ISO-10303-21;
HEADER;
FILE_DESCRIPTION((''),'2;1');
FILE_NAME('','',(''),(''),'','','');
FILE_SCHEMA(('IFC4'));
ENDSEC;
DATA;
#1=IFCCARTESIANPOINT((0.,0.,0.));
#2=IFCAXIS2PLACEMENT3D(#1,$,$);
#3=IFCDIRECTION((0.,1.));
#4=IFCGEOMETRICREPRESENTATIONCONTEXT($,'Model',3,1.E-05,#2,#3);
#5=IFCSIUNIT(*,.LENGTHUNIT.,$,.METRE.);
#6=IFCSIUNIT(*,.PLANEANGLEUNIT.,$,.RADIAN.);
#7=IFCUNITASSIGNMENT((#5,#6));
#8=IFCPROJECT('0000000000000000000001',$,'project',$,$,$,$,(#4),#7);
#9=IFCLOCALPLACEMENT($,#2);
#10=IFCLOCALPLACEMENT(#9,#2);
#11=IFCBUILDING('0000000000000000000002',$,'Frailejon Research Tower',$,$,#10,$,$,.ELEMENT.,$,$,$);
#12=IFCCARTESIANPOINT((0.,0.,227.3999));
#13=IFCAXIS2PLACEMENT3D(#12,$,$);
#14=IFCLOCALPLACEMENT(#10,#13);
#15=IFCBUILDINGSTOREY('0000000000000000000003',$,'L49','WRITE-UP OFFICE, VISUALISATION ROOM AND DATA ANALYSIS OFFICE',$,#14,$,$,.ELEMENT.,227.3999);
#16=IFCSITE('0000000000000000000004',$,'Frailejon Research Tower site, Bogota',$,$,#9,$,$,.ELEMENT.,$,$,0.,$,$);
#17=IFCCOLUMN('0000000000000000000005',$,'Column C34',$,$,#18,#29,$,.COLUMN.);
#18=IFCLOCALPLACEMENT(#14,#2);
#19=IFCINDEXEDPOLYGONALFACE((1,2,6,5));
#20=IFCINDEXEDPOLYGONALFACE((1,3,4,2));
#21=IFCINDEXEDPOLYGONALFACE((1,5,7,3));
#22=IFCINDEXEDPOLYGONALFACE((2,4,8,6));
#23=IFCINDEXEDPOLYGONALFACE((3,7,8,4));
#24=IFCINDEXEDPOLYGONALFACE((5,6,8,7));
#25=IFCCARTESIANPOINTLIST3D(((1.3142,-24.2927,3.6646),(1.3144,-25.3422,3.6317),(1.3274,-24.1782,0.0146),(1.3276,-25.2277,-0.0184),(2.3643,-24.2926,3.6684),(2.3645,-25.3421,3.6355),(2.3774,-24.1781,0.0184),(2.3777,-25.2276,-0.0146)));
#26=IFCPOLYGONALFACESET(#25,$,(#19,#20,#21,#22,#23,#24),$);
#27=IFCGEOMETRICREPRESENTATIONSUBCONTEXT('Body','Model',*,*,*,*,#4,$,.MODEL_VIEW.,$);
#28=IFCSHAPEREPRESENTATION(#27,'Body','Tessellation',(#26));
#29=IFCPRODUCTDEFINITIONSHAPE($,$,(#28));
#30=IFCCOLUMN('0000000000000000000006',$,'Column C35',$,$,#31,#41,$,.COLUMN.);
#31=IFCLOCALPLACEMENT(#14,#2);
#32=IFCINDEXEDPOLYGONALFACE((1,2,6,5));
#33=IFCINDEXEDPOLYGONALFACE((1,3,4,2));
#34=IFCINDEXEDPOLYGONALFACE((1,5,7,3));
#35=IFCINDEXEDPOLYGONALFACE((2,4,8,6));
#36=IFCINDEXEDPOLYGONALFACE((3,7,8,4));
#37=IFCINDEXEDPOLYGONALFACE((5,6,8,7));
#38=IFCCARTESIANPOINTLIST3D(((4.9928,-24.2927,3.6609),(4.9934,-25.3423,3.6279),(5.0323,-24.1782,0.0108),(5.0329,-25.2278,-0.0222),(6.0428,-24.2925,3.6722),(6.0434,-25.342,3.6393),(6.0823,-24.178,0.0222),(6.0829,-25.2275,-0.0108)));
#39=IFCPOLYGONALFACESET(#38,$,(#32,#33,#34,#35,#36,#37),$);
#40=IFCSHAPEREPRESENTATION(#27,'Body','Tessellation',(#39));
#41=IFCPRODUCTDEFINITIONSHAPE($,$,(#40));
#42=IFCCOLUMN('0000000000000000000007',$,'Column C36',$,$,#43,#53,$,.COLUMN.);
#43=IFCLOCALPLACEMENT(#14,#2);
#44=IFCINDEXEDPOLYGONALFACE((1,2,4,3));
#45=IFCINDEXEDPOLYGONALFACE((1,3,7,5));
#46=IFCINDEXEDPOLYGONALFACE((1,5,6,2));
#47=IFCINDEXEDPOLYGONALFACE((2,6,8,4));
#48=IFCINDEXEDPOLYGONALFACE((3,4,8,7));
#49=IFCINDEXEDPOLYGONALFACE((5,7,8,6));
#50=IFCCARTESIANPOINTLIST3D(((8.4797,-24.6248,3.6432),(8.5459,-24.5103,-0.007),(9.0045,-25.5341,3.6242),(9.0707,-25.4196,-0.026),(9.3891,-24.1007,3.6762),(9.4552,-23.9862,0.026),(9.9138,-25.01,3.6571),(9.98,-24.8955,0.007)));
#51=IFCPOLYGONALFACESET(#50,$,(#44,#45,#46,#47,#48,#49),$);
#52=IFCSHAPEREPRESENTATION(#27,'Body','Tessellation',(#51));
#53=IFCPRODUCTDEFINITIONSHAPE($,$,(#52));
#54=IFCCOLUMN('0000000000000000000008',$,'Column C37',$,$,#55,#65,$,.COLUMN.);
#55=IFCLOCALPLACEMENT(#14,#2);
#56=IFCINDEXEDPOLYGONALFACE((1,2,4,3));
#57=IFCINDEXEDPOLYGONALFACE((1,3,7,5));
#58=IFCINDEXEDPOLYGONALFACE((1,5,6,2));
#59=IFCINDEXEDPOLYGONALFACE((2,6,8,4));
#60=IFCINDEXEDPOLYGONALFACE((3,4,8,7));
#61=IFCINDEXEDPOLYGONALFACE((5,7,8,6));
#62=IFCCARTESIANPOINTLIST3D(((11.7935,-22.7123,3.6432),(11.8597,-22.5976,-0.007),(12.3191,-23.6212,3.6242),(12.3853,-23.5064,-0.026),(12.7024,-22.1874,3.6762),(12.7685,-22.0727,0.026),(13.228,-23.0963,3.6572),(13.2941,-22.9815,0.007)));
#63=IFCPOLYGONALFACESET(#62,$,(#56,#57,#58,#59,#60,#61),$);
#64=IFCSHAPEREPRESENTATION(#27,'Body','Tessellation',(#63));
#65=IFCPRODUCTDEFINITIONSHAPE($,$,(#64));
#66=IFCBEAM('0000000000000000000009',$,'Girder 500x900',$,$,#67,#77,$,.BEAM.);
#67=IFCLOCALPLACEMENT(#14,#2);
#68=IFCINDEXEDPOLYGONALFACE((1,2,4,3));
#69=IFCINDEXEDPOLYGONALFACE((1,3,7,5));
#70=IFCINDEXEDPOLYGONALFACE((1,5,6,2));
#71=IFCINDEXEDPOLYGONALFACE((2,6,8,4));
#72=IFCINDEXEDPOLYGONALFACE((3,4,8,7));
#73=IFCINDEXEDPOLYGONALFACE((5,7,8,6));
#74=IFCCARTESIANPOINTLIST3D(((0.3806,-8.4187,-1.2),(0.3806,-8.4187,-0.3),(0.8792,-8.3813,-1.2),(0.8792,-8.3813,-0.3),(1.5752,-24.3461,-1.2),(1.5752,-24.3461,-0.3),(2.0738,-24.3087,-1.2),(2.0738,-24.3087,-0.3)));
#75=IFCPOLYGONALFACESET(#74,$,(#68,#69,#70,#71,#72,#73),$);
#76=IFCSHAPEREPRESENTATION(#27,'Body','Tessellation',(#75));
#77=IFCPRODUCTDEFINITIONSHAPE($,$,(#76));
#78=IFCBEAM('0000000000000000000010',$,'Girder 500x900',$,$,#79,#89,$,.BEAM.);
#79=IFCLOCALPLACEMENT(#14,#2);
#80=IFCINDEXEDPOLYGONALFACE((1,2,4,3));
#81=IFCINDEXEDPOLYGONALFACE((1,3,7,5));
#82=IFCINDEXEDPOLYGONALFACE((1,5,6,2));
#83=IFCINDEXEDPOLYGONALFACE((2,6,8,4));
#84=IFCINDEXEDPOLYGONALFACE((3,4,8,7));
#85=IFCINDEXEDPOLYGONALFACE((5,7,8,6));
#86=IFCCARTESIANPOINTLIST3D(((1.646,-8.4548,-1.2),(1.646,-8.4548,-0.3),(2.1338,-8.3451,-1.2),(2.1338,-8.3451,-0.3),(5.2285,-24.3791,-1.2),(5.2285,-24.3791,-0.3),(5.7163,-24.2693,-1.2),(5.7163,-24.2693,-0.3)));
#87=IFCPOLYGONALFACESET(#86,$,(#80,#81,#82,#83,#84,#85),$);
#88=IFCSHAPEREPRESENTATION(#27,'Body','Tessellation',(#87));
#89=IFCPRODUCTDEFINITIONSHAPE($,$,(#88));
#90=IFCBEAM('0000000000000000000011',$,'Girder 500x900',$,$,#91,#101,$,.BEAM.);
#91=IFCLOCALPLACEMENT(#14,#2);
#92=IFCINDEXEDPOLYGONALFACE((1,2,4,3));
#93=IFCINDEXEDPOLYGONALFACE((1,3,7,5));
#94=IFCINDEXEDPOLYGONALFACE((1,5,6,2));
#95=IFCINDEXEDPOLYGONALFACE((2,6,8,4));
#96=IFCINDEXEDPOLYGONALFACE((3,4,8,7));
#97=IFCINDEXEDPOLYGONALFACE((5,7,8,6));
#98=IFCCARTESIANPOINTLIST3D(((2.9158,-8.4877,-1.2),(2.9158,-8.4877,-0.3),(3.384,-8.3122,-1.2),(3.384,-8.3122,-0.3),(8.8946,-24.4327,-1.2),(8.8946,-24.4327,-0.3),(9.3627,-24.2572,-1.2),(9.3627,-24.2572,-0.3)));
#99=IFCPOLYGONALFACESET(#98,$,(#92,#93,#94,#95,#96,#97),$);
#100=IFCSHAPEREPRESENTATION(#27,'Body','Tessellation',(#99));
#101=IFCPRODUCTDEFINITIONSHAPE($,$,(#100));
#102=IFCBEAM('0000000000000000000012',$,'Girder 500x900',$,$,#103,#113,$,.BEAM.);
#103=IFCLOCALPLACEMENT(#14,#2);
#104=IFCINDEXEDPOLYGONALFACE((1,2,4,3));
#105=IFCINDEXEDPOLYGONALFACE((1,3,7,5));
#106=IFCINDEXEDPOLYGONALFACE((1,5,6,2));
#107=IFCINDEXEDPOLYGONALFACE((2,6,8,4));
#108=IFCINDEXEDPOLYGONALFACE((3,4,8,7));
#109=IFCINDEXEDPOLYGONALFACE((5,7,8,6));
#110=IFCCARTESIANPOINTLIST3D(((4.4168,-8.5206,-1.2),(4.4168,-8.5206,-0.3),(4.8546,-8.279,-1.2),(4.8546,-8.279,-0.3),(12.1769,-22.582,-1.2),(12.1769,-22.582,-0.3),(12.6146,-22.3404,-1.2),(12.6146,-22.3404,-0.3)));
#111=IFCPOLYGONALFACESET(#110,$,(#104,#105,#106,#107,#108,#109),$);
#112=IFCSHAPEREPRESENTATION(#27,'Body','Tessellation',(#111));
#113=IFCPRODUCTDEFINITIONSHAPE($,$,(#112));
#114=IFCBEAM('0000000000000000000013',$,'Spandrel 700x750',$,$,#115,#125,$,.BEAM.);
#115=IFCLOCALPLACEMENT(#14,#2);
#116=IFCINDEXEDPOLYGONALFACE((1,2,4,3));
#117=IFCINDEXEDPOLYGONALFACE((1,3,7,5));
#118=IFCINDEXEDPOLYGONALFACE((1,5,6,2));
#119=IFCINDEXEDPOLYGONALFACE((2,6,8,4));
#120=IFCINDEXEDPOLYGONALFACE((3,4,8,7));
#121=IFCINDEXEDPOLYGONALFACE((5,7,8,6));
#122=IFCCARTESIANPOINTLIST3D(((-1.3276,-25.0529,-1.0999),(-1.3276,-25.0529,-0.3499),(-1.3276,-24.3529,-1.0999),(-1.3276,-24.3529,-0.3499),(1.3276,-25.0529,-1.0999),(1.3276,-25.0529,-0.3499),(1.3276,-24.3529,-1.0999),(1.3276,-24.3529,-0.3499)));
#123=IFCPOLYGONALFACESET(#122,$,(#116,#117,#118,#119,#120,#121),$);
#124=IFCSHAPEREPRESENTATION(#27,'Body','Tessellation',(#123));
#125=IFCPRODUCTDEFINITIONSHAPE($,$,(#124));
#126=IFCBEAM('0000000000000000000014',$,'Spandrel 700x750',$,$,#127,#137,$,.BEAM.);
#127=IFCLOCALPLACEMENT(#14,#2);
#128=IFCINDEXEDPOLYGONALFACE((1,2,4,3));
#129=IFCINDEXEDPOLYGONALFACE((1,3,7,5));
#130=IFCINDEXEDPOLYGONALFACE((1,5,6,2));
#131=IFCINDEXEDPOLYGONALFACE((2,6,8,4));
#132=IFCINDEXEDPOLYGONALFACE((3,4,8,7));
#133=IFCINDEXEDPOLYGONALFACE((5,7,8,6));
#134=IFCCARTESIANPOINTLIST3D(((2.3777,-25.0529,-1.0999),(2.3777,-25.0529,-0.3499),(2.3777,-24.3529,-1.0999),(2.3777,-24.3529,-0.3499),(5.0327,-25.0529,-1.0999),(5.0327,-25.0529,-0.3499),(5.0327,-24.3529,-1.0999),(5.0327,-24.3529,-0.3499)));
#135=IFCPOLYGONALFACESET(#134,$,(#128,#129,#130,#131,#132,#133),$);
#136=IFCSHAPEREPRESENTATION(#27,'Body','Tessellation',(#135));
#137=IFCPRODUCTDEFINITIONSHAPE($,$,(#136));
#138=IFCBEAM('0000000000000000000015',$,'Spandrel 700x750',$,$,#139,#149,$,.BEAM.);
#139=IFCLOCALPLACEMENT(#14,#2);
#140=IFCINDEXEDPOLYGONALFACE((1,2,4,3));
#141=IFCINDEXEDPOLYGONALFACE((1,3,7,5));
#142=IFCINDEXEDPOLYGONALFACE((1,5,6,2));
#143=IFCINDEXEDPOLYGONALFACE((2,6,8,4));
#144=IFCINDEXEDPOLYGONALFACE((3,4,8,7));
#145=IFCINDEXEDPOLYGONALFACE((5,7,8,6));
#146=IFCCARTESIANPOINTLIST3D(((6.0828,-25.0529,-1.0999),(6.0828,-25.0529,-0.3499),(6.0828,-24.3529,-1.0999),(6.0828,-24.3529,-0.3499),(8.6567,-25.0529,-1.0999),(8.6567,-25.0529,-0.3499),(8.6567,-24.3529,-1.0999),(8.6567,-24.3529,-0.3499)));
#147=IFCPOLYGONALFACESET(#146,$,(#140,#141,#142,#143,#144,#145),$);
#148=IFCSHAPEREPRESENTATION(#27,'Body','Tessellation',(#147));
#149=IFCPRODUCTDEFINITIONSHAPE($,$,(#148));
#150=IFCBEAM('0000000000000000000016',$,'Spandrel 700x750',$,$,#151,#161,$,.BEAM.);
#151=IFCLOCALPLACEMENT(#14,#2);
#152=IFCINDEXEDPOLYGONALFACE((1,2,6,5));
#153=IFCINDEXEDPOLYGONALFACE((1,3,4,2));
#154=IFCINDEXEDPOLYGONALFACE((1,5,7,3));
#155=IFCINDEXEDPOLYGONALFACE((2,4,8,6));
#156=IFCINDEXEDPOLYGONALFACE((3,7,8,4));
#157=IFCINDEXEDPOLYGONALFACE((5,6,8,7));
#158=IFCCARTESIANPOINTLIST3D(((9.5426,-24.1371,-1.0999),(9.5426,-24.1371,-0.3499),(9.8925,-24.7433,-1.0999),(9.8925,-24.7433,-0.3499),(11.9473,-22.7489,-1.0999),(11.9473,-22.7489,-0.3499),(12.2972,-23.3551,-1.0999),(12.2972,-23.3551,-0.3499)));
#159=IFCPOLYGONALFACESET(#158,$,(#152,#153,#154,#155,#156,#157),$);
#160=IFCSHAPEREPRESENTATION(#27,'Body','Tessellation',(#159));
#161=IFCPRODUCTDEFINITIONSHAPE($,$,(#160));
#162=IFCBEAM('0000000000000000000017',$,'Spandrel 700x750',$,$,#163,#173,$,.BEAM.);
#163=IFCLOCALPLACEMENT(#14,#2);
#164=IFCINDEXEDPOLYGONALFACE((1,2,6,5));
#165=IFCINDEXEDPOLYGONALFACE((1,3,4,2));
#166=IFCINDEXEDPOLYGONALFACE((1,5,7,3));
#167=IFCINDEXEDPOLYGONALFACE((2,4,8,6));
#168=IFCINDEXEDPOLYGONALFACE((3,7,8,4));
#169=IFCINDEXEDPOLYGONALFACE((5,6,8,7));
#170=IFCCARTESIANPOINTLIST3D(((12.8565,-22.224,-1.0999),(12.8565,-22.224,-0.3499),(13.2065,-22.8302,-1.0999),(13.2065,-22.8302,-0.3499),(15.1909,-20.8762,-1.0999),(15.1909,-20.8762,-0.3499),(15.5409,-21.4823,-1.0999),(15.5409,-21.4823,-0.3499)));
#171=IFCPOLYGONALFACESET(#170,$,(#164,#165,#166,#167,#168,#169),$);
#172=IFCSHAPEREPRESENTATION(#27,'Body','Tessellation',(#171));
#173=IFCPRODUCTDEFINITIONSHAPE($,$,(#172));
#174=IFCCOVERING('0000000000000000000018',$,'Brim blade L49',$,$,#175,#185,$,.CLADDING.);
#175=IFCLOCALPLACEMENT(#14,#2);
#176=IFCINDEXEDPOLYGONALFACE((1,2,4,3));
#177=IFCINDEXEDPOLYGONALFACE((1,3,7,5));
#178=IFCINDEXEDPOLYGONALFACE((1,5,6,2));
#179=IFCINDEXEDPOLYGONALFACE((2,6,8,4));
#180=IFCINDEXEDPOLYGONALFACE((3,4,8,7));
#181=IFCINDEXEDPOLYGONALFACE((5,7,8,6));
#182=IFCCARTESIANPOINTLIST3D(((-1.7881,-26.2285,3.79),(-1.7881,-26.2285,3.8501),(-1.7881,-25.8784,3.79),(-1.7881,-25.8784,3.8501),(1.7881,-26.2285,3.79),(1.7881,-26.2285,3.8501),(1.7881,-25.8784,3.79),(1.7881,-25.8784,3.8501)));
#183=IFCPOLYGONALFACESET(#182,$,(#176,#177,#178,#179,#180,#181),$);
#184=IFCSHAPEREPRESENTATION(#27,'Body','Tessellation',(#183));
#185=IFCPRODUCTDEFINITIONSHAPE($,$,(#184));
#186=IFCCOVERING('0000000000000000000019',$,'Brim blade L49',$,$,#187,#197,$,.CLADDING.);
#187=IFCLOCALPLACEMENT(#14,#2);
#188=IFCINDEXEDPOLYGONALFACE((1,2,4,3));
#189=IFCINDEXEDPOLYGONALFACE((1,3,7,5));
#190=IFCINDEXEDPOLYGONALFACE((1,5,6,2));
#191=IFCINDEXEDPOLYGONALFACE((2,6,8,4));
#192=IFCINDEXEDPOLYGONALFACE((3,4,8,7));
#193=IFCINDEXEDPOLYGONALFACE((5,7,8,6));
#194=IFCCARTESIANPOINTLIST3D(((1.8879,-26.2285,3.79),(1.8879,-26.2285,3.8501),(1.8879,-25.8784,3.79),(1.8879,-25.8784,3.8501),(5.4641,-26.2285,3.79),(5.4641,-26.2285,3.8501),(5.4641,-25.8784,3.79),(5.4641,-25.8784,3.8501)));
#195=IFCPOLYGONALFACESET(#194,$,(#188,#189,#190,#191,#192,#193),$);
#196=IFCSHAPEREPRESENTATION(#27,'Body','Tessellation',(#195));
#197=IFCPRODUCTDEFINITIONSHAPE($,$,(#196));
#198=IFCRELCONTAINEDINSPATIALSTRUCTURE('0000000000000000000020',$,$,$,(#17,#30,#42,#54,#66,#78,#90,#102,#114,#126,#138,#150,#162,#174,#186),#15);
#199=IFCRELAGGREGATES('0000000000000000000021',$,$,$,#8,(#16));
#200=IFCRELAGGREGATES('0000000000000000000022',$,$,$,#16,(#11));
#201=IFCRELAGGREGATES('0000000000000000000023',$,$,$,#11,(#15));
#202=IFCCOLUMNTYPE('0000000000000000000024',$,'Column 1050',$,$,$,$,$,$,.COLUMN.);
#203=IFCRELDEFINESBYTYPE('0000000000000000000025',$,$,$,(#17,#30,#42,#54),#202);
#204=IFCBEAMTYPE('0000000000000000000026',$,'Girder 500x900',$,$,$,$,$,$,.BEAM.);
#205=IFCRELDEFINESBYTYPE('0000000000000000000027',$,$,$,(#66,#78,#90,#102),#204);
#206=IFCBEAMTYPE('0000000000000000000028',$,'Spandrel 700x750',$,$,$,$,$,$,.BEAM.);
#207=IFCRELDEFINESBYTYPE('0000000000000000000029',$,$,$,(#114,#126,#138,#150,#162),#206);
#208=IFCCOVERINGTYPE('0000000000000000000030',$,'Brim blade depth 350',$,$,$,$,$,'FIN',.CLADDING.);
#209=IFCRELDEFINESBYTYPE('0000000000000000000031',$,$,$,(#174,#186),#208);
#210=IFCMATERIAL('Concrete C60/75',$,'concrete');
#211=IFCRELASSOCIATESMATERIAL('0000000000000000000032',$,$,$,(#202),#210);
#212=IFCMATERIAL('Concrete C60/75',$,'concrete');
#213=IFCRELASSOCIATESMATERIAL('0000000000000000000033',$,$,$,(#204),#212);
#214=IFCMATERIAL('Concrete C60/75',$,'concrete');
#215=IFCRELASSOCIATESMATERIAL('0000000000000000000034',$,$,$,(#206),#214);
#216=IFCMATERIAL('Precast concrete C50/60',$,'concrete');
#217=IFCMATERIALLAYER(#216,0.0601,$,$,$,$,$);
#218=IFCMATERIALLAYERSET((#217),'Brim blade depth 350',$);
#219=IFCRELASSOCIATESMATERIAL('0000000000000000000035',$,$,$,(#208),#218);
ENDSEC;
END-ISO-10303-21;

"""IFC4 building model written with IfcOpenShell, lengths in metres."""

from ifc_helpers import new_model, si_unit, direction, frame, origin, origin_2d, place, context, subcontext, project, spatial, polyline, rectangle, outline, extrude, material, layer, layer_set, material_profile, profile_set, type_object, element, save


model = new_model("IFC4")

# Units and contexts
model_context = context("Model", 3, precision=1e-05, world=origin(), true_north=direction((0.0, 1.0)))
body_context = subcontext(model_context, "Body", "Model", "MODEL_VIEW")
ifc_project = project(units=[si_unit("LENGTHUNIT", "METRE"), si_unit("PLANEANGLEUNIT", "RADIAN")], contexts=[model_context])

# Site, building, storey
site_placement = place(None, origin())
site = spatial("IfcSite", under=ifc_project, at=site_placement, Name="Frailejon Research Tower site, Bogota", CompositionType="ELEMENT", RefElevation=0.0)
building_placement = place(site_placement, origin())
building = spatial("IfcBuilding", under=site, at=building_placement, Name="Frailejon Research Tower", CompositionType="ELEMENT")
storey_placement = place(building_placement, frame((0.0, 0.0, 227.3999)))
storey = spatial("IfcBuildingStorey", under=building, at=storey_placement, Name="L49", Description="WRITE-UP OFFICE, VISUALISATION ROOM AND DATA ANALYSIS OFFICE", CompositionType="ELEMENT", Elevation=227.3999)

# Columns
ifc_material_1 = material(Name="Concrete C60/75", Category="concrete")
ifc_material_profile_1 = material_profile(ifc_material_1, rectangle(XDim=1.05, YDim=1.05, at=origin_2d()), Name="Column 1050")
ifc_profile_set_1 = profile_set([ifc_material_profile_1], Name="Concrete C60/75")
column_type = type_object("IfcColumnType", Name="Column 1050", PredefinedType="COLUMN", material=ifc_profile_set_1)
column_1_placement = place(storey_placement, frame((1.8525, -24.7029, 0.0), z_axis=(-0.00361, -0.031354, 0.999502), x_axis=(0.999993, 0.0001, 0.003615)))
element("IfcColumn", 1, at=column_1_placement, inside=storey, type_object=column_type, Name="Column C34", PredefinedType="COLUMN", context=body_context, shape_type="SweptSolid", body=[
    extrude(rectangle(XDim=1.05, YDim=1.05, at=origin_2d()), origin(), (0.0, 0.0, 1.0), 3.6519),
])
column_2_placement = place(storey_placement, frame((5.5576, -24.7029, 0.0), z_axis=(-0.010829, -0.031352, 0.99945), x_axis=(0.999941, 0.000236, 0.010842)))
element("IfcColumn", 2, at=column_2_placement, inside=storey, type_object=column_type, Name="Column C35", PredefinedType="COLUMN", context=body_context, shape_type="SweptSolid", body=[
    extrude(rectangle(XDim=1.05, YDim=1.05, at=origin_2d()), origin(), (0.0, 0.0, 1.0), 3.6521),
])
for number, where, z_axis, x_axis, name in (
    (3, (9.2629, -24.7029, 0.0), (-0.018114, -0.031349, 0.999344), (0.865981, 0.499093, 0.031353), "Column C36"),
    (4, (12.5769, -22.7896, 0.0), (-0.018114, -0.031415, 0.999342), (0.86552, 0.499889, 0.031403), "Column C37"),
):
    element("IfcColumn", number, at=place(storey_placement, frame(where, z_axis=z_axis, x_axis=x_axis)), inside=storey, type_object=column_type, Name=name, PredefinedType="COLUMN", context=body_context, shape_type="SweptSolid", body=[
        extrude(rectangle(XDim=1.05, YDim=1.05, at=origin_2d()), origin(), (0.0, 0.0, 1.0), 3.6526),
    ])

# Beams
ifc_material_2 = material(Name="Concrete C60/75", Category="concrete")
ifc_material_profile_2 = material_profile(ifc_material_2, rectangle(XDim=0.5, YDim=0.8999, at=origin_2d()), Name="Girder 500x900")
ifc_profile_set_2 = profile_set([ifc_material_profile_2], Name="Concrete C60/75")
beam_type_1 = type_object("IfcBeamType", Name="Girder 500x900", PredefinedType="BEAM", material=ifc_profile_set_2)
beam_1_placement = place(storey_placement, frame((1.8245, -24.3274, -0.75), z_axis=(-0.074791, 0.997199, 0.0), x_axis=(-0.997199, -0.074791, 0.0)))
element("IfcBeam", 5, at=beam_1_placement, inside=storey, type_object=beam_type_1, Name="Girder 500x900", PredefinedType="BEAM", context=body_context, shape_type="SweptSolid", body=[
    extrude(rectangle(XDim=0.5, YDim=0.8999, at=origin_2d()), origin(), (0.0, 0.0, 1.0), 15.9722),
])
beam_2_placement = place(storey_placement, frame((5.4724, -24.3242, -0.75), z_axis=(-0.219486, 0.975616, 0.0), x_axis=(-0.975616, -0.219486, 0.0)))
element("IfcBeam", 6, at=beam_2_placement, inside=storey, type_object=beam_type_1, Name="Girder 500x900", PredefinedType="BEAM", context=body_context, shape_type="SweptSolid", body=[
    extrude(rectangle(XDim=0.5, YDim=0.8999, at=origin_2d()), origin(), (0.0, 0.0, 1.0), 16.3223),
])
beam_3_placement = place(storey_placement, frame((9.1287, -24.345, -0.75), z_axis=(-0.35109, 0.936342, 0.0), x_axis=(-0.936342, -0.35109, 0.0)))
element("IfcBeam", 7, at=beam_3_placement, inside=storey, type_object=beam_type_1, Name="Girder 500x900", PredefinedType="BEAM", context=body_context, shape_type="SweptSolid", body=[
    extrude(rectangle(XDim=0.5, YDim=0.8999, at=origin_2d()), origin(), (0.0, 0.0, 1.0), 17.0291),
])
beam_4_placement = place(storey_placement, frame((12.3958, -22.4612, -0.75), z_axis=(-0.483176, 0.875523, 0.0), x_axis=(-0.875523, -0.483176, 0.0)))
element("IfcBeam", 8, at=beam_4_placement, inside=storey, type_object=beam_type_1, Name="Girder 500x900", PredefinedType="BEAM", context=body_context, shape_type="SweptSolid", body=[
    extrude(rectangle(XDim=0.5, YDim=0.8999, at=origin_2d()), origin(), (0.0, 0.0, 1.0), 16.0605),
])
ifc_material_3 = material(Name="Concrete C60/75", Category="concrete")
ifc_material_profile_3 = material_profile(ifc_material_3, rectangle(XDim=0.7, YDim=0.75, at=origin_2d()), Name="Spandrel 700x750")
ifc_profile_set_3 = profile_set([ifc_material_profile_3], Name="Concrete C60/75")
beam_type_2 = type_object("IfcBeamType", Name="Spandrel 700x750", PredefinedType="BEAM", material=ifc_profile_set_3)
beam_5_placement = place(storey_placement, frame((-1.3276, -24.7029, -0.7249), z_axis=(1.0, 0.0, 0.0), x_axis=(0.0, 1.0, 0.0)))
element("IfcBeam", 9, at=beam_5_placement, inside=storey, type_object=beam_type_2, Name="Spandrel 700x750", PredefinedType="BEAM", context=body_context, shape_type="SweptSolid", body=[
    extrude(rectangle(XDim=0.7, YDim=0.75, at=origin_2d()), origin(), (0.0, 0.0, 1.0), 2.6553),
])
beam_6_placement = place(storey_placement, frame((2.3777, -24.7029, -0.7249), z_axis=(1.0, 0.0, 0.0), x_axis=(0.0, 1.0, 0.0)))
element("IfcBeam", 10, at=beam_6_placement, inside=storey, type_object=beam_type_2, Name="Spandrel 700x750", PredefinedType="BEAM", context=body_context, shape_type="SweptSolid", body=[
    extrude(rectangle(XDim=0.7, YDim=0.75, at=origin_2d()), origin(), (0.0, 0.0, 1.0), 2.655),
])
beam_7_placement = place(storey_placement, frame((6.0828, -24.7029, -0.7249), z_axis=(1.0, 0.0, 0.0), x_axis=(0.0, 1.0, 0.0)))
element("IfcBeam", 11, at=beam_7_placement, inside=storey, type_object=beam_type_2, Name="Spandrel 700x750", PredefinedType="BEAM", context=body_context, shape_type="SweptSolid", body=[
    extrude(rectangle(XDim=0.7, YDim=0.75, at=origin_2d()), origin(), (0.0, 0.0, 1.0), 2.574),
])
beam_8_placement = place(storey_placement, frame((9.7175, -24.4402, -0.7249), z_axis=(0.86606, 0.499941, 0.0), x_axis=(-0.499941, 0.86606, 0.0)))
element("IfcBeam", 12, at=beam_8_placement, inside=storey, type_object=beam_type_2, Name="Spandrel 700x750", PredefinedType="BEAM", context=body_context, shape_type="SweptSolid", body=[
    extrude(rectangle(XDim=0.7, YDim=0.75, at=origin_2d()), origin(), (0.0, 0.0, 1.0), 2.7766),
])
beam_9_placement = place(storey_placement, frame((13.0315, -22.5271, -0.7249), z_axis=(0.866011, 0.500026, 0.0), x_axis=(-0.500026, 0.866011, 0.0)))
element("IfcBeam", 13, at=beam_9_placement, inside=storey, type_object=beam_type_2, Name="Spandrel 700x750", PredefinedType="BEAM", context=body_context, shape_type="SweptSolid", body=[
    extrude(rectangle(XDim=0.7, YDim=0.75, at=origin_2d()), origin(), (0.0, 0.0, 1.0), 2.6956),
])

# Coverings
ifc_material_4 = material(Name="Precast concrete C50/60", Category="concrete")
ifc_layer_1 = layer(ifc_material_4, 0.0601)
ifc_layer_set_1 = layer_set([ifc_layer_1], Name="Brim blade depth 350")
covering_type_1 = type_object("IfcCoveringType", Name="Brim blade depth 350", ElementType="FIN", PredefinedType="CLADDING", material=ifc_layer_set_1)
for number, where, z_axis, x_axis, name in (
    (14, (1.7881, -25.8784, 3.8501), (-1.0, 0.0, 0.0), (0.0, -1.0, 0.0), "Brim blade L49"),
    (15, (5.4641, -25.8784, 3.8501), (-1.0, 0.0, 0.0), (0.0, -1.0, 0.0), "Brim blade L49"),
):
    element("IfcCovering", number, at=place(storey_placement, frame(where, z_axis=z_axis, x_axis=x_axis)), inside=storey, type_object=covering_type_1, Name=name, PredefinedType="CLADDING", context=body_context, shape_type="SweptSolid", body=[
        extrude(outline(polyline([(0.0, -0.0601), (0.3501, -0.0601), (0.3501, 0.0), (0.0, 0.0), (0.0, -0.0601)])), origin(), (0.0, 0.0, 1.0), 3.5762),
    ])

save(model, "model.ifc")
